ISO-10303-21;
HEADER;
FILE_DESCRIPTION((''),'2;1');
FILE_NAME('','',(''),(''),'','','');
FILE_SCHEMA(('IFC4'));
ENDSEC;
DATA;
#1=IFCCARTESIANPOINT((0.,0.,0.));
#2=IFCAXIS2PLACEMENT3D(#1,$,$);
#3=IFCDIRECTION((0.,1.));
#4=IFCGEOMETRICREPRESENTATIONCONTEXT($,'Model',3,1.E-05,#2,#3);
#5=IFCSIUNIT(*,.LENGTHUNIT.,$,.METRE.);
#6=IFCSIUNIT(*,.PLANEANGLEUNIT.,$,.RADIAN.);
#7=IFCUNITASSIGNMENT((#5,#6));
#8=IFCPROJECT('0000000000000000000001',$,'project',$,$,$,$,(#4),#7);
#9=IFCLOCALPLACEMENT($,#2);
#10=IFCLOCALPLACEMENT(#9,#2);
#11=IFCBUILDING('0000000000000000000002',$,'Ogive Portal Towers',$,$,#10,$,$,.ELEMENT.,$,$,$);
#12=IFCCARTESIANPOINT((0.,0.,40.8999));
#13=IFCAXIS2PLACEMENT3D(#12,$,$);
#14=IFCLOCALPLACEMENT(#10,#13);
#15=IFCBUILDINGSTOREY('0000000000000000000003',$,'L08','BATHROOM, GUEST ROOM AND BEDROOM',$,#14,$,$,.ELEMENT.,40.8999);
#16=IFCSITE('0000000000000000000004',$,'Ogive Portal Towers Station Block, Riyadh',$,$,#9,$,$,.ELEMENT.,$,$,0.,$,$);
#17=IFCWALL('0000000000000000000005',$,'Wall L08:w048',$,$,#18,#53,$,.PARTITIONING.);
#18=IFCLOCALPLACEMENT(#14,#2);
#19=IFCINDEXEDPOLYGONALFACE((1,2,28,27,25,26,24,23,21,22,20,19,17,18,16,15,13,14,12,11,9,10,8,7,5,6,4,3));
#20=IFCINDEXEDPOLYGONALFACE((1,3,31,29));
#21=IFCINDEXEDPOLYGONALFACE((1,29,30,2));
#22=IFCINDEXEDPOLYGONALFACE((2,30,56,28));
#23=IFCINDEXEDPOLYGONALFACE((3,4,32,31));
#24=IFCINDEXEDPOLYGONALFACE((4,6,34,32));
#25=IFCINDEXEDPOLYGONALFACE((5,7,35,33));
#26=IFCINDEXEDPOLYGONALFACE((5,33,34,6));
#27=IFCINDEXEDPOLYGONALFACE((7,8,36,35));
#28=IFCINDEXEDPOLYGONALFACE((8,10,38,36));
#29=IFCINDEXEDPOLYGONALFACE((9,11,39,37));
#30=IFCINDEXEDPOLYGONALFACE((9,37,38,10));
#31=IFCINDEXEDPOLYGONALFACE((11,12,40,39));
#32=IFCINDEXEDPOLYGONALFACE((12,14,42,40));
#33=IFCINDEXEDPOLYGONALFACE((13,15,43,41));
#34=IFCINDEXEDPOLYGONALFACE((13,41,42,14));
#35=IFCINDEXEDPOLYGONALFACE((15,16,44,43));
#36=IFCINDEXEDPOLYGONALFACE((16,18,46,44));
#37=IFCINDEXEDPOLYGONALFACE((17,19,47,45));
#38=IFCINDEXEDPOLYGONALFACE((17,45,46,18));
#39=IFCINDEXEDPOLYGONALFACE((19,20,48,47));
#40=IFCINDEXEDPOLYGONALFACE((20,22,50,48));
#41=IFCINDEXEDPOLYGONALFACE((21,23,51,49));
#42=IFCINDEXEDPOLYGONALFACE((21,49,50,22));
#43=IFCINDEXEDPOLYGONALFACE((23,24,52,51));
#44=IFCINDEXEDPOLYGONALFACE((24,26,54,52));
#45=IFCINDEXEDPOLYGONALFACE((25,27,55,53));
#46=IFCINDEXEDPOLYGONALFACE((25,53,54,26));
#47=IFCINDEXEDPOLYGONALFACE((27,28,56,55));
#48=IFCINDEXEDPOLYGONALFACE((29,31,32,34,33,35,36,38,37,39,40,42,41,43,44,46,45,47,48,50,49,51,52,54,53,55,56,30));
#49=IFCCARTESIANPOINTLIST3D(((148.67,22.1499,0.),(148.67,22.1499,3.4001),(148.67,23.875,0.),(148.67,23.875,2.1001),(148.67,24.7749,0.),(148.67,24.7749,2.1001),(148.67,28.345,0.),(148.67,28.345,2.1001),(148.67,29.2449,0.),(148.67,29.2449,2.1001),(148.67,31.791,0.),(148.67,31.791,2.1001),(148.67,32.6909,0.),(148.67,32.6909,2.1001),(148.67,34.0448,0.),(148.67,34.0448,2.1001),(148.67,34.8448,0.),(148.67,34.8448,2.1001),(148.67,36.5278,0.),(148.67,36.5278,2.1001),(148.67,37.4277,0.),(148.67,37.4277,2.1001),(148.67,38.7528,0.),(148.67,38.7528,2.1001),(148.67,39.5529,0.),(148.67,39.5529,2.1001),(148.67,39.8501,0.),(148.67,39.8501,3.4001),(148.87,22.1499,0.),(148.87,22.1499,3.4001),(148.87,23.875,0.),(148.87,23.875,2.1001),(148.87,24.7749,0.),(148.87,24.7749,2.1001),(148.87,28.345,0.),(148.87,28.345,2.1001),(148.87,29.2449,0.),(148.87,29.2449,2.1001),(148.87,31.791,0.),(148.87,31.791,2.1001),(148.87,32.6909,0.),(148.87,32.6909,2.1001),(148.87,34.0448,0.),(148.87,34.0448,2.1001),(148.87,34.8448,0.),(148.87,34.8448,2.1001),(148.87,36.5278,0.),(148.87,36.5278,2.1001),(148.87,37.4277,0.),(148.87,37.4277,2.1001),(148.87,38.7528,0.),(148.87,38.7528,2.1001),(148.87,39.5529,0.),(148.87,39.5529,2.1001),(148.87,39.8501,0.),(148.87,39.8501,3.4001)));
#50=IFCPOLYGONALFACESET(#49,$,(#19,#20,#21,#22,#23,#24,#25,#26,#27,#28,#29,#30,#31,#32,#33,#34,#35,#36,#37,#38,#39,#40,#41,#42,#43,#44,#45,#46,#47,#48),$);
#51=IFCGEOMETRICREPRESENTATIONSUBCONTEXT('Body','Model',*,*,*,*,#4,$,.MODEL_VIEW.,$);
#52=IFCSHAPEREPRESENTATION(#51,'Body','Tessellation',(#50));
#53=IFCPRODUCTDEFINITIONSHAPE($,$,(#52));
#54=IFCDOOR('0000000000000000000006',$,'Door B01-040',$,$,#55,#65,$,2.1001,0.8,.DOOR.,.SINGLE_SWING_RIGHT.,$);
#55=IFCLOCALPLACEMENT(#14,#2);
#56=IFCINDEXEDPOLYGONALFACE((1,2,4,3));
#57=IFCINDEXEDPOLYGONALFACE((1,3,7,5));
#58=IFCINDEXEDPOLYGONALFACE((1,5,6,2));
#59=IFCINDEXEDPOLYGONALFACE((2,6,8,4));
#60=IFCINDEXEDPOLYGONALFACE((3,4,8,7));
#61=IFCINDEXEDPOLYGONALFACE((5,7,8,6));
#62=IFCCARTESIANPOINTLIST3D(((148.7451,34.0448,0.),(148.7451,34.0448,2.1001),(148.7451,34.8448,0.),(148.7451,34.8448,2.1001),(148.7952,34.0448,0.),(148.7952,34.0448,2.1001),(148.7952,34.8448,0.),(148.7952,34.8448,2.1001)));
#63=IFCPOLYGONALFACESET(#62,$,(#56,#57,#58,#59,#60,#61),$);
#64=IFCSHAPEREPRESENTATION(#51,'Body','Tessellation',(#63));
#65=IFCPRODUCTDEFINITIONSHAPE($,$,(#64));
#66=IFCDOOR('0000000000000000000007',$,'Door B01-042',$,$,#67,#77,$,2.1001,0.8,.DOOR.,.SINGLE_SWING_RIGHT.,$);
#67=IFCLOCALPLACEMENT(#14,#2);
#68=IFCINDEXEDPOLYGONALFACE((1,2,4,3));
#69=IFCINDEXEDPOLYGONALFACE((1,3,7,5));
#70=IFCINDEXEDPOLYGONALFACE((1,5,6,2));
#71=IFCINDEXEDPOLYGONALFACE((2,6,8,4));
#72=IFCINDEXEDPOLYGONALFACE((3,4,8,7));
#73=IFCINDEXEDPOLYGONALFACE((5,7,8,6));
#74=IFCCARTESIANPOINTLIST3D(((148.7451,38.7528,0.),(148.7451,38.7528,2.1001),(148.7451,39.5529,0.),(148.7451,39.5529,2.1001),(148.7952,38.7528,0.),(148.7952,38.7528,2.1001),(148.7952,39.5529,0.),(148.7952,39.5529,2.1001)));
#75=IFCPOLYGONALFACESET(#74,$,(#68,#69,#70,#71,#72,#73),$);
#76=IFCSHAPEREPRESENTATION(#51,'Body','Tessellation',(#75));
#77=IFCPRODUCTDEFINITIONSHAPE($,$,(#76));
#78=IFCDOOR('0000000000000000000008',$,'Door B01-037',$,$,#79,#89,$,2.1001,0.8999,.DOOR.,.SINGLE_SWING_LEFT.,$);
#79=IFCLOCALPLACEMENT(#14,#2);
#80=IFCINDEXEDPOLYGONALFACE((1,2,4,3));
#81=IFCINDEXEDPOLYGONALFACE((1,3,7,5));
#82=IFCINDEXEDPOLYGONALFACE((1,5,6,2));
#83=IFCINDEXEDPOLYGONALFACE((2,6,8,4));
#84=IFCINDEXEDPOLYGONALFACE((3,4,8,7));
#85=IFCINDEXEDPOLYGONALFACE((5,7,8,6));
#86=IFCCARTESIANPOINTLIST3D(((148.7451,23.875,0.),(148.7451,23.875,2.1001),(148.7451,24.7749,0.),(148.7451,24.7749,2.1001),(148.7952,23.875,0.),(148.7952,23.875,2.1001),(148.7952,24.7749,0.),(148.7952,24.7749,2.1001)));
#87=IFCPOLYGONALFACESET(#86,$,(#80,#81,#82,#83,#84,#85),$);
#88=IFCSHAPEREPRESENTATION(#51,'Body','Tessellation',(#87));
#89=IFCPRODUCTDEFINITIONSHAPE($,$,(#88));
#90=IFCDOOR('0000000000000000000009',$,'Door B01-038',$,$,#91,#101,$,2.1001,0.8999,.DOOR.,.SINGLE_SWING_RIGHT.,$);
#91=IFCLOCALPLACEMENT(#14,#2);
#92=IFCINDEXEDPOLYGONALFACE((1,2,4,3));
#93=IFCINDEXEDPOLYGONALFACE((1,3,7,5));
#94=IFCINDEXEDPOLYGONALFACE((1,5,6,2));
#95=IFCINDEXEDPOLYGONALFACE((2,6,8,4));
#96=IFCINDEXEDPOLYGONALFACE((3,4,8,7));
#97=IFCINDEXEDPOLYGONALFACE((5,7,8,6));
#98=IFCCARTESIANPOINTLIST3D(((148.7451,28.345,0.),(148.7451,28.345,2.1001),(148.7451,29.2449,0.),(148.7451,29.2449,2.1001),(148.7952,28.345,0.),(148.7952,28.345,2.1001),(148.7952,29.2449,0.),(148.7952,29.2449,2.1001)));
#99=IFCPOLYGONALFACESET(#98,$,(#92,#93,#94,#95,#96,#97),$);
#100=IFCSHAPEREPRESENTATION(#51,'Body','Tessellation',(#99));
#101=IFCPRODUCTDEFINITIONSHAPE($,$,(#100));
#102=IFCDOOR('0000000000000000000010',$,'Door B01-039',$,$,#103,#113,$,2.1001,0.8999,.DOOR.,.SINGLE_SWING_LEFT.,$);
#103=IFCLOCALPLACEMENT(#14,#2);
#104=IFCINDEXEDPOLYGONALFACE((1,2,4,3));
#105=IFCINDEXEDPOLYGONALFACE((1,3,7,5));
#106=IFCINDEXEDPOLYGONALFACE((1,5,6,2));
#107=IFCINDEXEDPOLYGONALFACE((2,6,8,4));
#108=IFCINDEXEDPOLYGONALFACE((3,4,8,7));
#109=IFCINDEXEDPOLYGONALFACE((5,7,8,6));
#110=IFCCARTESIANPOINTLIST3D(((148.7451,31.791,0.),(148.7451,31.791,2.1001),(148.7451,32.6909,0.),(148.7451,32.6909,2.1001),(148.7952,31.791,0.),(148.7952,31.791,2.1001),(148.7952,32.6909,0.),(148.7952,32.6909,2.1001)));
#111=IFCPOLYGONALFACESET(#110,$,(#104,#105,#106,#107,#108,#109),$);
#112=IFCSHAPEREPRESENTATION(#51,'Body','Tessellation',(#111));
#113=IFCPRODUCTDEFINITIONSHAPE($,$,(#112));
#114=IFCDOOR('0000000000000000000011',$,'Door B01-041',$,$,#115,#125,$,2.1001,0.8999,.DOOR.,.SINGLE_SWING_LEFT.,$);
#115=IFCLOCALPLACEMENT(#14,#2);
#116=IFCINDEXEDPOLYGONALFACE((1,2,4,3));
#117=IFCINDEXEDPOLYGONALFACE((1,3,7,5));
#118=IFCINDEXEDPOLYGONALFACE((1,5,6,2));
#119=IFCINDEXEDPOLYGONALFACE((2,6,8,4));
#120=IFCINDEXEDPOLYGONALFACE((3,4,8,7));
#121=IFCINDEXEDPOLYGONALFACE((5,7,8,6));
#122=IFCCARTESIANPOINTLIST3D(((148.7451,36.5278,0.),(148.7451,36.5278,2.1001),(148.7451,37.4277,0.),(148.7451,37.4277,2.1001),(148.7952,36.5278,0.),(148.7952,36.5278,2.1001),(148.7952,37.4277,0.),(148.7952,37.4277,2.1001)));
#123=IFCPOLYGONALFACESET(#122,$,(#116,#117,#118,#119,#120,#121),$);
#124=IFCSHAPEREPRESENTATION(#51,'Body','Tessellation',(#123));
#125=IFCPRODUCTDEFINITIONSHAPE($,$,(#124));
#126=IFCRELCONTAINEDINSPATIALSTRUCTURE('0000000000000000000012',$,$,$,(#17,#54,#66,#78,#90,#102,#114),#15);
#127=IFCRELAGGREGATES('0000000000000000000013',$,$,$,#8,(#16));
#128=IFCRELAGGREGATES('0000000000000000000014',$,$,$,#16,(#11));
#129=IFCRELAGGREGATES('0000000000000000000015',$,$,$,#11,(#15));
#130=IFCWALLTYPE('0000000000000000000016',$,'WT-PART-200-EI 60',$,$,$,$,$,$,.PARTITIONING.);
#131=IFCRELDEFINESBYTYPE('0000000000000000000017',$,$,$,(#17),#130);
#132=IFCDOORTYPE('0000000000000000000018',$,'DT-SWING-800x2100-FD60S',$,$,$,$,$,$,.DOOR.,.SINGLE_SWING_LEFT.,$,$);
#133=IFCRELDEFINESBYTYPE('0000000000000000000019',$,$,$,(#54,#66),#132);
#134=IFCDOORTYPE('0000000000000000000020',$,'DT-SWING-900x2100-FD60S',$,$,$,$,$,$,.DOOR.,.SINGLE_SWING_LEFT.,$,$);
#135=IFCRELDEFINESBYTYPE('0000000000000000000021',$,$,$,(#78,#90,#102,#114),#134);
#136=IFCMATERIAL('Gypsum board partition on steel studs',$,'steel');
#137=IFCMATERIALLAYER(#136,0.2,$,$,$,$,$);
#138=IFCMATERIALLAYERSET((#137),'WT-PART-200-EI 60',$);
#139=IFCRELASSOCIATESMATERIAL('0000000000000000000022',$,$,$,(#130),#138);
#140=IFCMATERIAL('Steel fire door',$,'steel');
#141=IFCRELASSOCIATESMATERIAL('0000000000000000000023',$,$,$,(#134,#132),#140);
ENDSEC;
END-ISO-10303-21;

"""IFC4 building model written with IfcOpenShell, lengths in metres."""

from ifc_helpers import new_model, si_unit, direction, frame, frame_2d, origin, place, context, subcontext, project, spatial, rectangle, extrude, material, layer, layer_set, type_object, element, fill, save


model = new_model("IFC4")

# Units and contexts
model_context = context("Model", 3, precision=1e-05, world=origin(), true_north=direction((0.0, 1.0)))
body_context = subcontext(model_context, "Body", "Model", "MODEL_VIEW")
ifc_project = project(units=[si_unit("LENGTHUNIT", "METRE"), si_unit("PLANEANGLEUNIT", "RADIAN")], contexts=[model_context])

# Site, building, storey
site_placement = place(None, origin())
site = spatial("IfcSite", under=ifc_project, at=site_placement, Name="Ogive Portal Towers Station Block, Riyadh", CompositionType="ELEMENT", RefElevation=0.0)
building_placement = place(site_placement, origin())
building = spatial("IfcBuilding", under=site, at=building_placement, Name="Ogive Portal Towers", CompositionType="ELEMENT")
storey_placement = place(building_placement, frame((0.0, 0.0, 40.8999)))
storey = spatial("IfcBuildingStorey", under=building, at=storey_placement, Name="L08", Description="BATHROOM, GUEST ROOM AND BEDROOM", CompositionType="ELEMENT", Elevation=40.8999)

# Shared definitions
ifc_material_1 = material(Name="Gypsum board partition on steel studs", Category="steel")
ifc_layer_1 = layer(ifc_material_1, 0.2)
ifc_layer_set_1 = layer_set([ifc_layer_1], Name="WT-PART-200-EI 60")
wall_type_1 = type_object("IfcWallType", Name="WT-PART-200-EI 60", PredefinedType="PARTITIONING", material=ifc_layer_set_1)
ifc_material_2 = material(Name="Steel fire door", Category="steel")
door_type_1 = type_object("IfcDoorType", Name="DT-SWING-900x2100-FD60S", OperationType="SINGLE_SWING_LEFT", PredefinedType="DOOR", material=ifc_material_2)

# Wall, openings, doors
wall_1_placement = place(storey_placement, frame((148.77, 22.1499, 0.0), z_axis=(0.0, 0.0, 1.0), x_axis=(0.0, 1.0, 0.0)))
wall_1 = element("IfcWall", 1, at=wall_1_placement, inside=storey, type_object=wall_type_1, Name="Wall L08:w048", PredefinedType="PARTITIONING", context=body_context, shape_type="SweptSolid", body=[
    extrude(rectangle(XDim=17.7002, YDim=0.2, at=frame_2d((8.8501, 0.0))), origin(), (0.0, 0.0, 1.0), 3.4001),
])
opening_1_placement = place(wall_1_placement, frame((1.7251, 0.0, 0.0)))
opening_1 = element("IfcOpeningElement", 2, at=opening_1_placement, cuts=wall_1, PredefinedType="OPENING", context=body_context, shape_type="SweptSolid", body=[
    extrude(rectangle(XDim=0.8999, YDim=2.1001, at=frame_2d((0.45, 1.05))), frame((0.0, 0.1099, 0.0), z_axis=(0.0, -1.0, 0.0), x_axis=(1.0, 0.0, 0.0)), (0.0, 0.0, 1.0), 0.22),
])
opening_2_placement = place(wall_1_placement, frame((6.1951, 0.0, 0.0)))
opening_2 = element("IfcOpeningElement", 3, at=opening_2_placement, cuts=wall_1, PredefinedType="OPENING", context=body_context, shape_type="SweptSolid", body=[
    extrude(rectangle(XDim=0.8999, YDim=2.1001, at=frame_2d((0.45, 1.05))), frame((0.0, 0.1099, 0.0), z_axis=(0.0, -1.0, 0.0), x_axis=(1.0, 0.0, 0.0)), (0.0, 0.0, 1.0), 0.22),
])
opening_3_placement = place(wall_1_placement, frame((9.6411, 0.0, 0.0)))
opening_3 = element("IfcOpeningElement", 4, at=opening_3_placement, cuts=wall_1, PredefinedType="OPENING", context=body_context, shape_type="SweptSolid", body=[
    extrude(rectangle(XDim=0.8999, YDim=2.1001, at=frame_2d((0.45, 1.05))), frame((0.0, 0.1099, 0.0), z_axis=(0.0, -1.0, 0.0), x_axis=(1.0, 0.0, 0.0)), (0.0, 0.0, 1.0), 0.22),
])
opening_4_placement = place(wall_1_placement, frame((11.895, 0.0, 0.0)))
opening_4 = element("IfcOpeningElement", 5, at=opening_4_placement, cuts=wall_1, PredefinedType="OPENING", context=body_context, shape_type="SweptSolid", body=[
    extrude(rectangle(XDim=0.8, YDim=2.1001, at=frame_2d((0.3999, 1.05))), frame((0.0, 0.1099, 0.0), z_axis=(0.0, -1.0, 0.0), x_axis=(1.0, 0.0, 0.0)), (0.0, 0.0, 1.0), 0.22),
])
opening_5_placement = place(wall_1_placement, frame((14.3779, 0.0, 0.0)))
opening_5 = element("IfcOpeningElement", 6, at=opening_5_placement, cuts=wall_1, PredefinedType="OPENING", context=body_context, shape_type="SweptSolid", body=[
    extrude(rectangle(XDim=0.8999, YDim=2.1001, at=frame_2d((0.45, 1.05))), frame((0.0, 0.1099, 0.0), z_axis=(0.0, -1.0, 0.0), x_axis=(1.0, 0.0, 0.0)), (0.0, 0.0, 1.0), 0.22),
])
opening_6_placement = place(wall_1_placement, frame((16.603, 0.0, 0.0)))
opening_6 = element("IfcOpeningElement", 7, at=opening_6_placement, cuts=wall_1, PredefinedType="OPENING", context=body_context, shape_type="SweptSolid", body=[
    extrude(rectangle(XDim=0.8, YDim=2.1001, at=frame_2d((0.3999, 1.05))), frame((0.0, 0.1099, 0.0), z_axis=(0.0, -1.0, 0.0), x_axis=(1.0, 0.0, 0.0)), (0.0, 0.0, 1.0), 0.22),
])
door_type_2 = type_object("IfcDoorType", Name="DT-SWING-800x2100-FD60S", OperationType="SINGLE_SWING_LEFT", PredefinedType="DOOR", material=ifc_material_2)
door_1_placement = place(opening_4_placement, origin())
door_1 = element("IfcDoor", 8, at=door_1_placement, inside=storey, type_object=door_type_2, Name="Door B01-040", OperationType="SINGLE_SWING_RIGHT", OverallHeight=2.1001, OverallWidth=0.8, PredefinedType="DOOR", context=body_context, shape_type="SweptSolid", body=[
    extrude(rectangle(XDim=0.8, YDim=2.1001, at=frame_2d((0.3999, 1.05))), frame((0.0, 0.0249, 0.0), z_axis=(0.0, -1.0, 0.0), x_axis=(1.0, 0.0, 0.0)), (0.0, 0.0, 1.0), 0.05),
])
fill(opening_4, door_1)
door_2_placement = place(opening_6_placement, origin())
door_2 = element("IfcDoor", 9, at=door_2_placement, inside=storey, type_object=door_type_2, Name="Door B01-042", OperationType="SINGLE_SWING_RIGHT", OverallHeight=2.1001, OverallWidth=0.8, PredefinedType="DOOR", context=body_context, shape_type="SweptSolid", body=[
    extrude(rectangle(XDim=0.8, YDim=2.1001, at=frame_2d((0.3999, 1.05))), frame((0.0, 0.0249, 0.0), z_axis=(0.0, -1.0, 0.0), x_axis=(1.0, 0.0, 0.0)), (0.0, 0.0, 1.0), 0.05),
])
fill(opening_6, door_2)
door_3_placement = place(opening_1_placement, origin())
door_3 = element("IfcDoor", 10, at=door_3_placement, inside=storey, type_object=door_type_1, Name="Door B01-037", OperationType="SINGLE_SWING_LEFT", OverallHeight=2.1001, OverallWidth=0.8999, PredefinedType="DOOR", context=body_context, shape_type="SweptSolid", body=[
    extrude(rectangle(XDim=0.8999, YDim=2.1001, at=frame_2d((0.45, 1.05))), frame((0.0, 0.0249, 0.0), z_axis=(0.0, -1.0, 0.0), x_axis=(1.0, 0.0, 0.0)), (0.0, 0.0, 1.0), 0.05),
])
fill(opening_1, door_3)
door_4_placement = place(opening_2_placement, origin())
door_4 = element("IfcDoor", 11, at=door_4_placement, inside=storey, type_object=door_type_1, Name="Door B01-038", OperationType="SINGLE_SWING_RIGHT", OverallHeight=2.1001, OverallWidth=0.8999, PredefinedType="DOOR", context=body_context, shape_type="SweptSolid", body=[
    extrude(rectangle(XDim=0.8999, YDim=2.1001, at=frame_2d((0.45, 1.05))), frame((0.0, 0.0249, 0.0), z_axis=(0.0, -1.0, 0.0), x_axis=(1.0, 0.0, 0.0)), (0.0, 0.0, 1.0), 0.05),
])
fill(opening_2, door_4)
door_5_placement = place(opening_3_placement, origin())
door_5 = element("IfcDoor", 12, at=door_5_placement, inside=storey, type_object=door_type_1, Name="Door B01-039", OperationType="SINGLE_SWING_LEFT", OverallHeight=2.1001, OverallWidth=0.8999, PredefinedType="DOOR", context=body_context, shape_type="SweptSolid", body=[
    extrude(rectangle(XDim=0.8999, YDim=2.1001, at=frame_2d((0.45, 1.05))), frame((0.0, 0.0249, 0.0), z_axis=(0.0, -1.0, 0.0), x_axis=(1.0, 0.0, 0.0)), (0.0, 0.0, 1.0), 0.05),
])
fill(opening_3, door_5)
door_6_placement = place(opening_5_placement, origin())
door_6 = element("IfcDoor", 13, at=door_6_placement, inside=storey, type_object=door_type_1, Name="Door B01-041", OperationType="SINGLE_SWING_LEFT", OverallHeight=2.1001, OverallWidth=0.8999, PredefinedType="DOOR", context=body_context, shape_type="SweptSolid", body=[
    extrude(rectangle(XDim=0.8999, YDim=2.1001, at=frame_2d((0.45, 1.05))), frame((0.0, 0.0249, 0.0), z_axis=(0.0, -1.0, 0.0), x_axis=(1.0, 0.0, 0.0)), (0.0, 0.0, 1.0), 0.05),
])
fill(opening_5, door_6)

save(model, "model.ifc")
